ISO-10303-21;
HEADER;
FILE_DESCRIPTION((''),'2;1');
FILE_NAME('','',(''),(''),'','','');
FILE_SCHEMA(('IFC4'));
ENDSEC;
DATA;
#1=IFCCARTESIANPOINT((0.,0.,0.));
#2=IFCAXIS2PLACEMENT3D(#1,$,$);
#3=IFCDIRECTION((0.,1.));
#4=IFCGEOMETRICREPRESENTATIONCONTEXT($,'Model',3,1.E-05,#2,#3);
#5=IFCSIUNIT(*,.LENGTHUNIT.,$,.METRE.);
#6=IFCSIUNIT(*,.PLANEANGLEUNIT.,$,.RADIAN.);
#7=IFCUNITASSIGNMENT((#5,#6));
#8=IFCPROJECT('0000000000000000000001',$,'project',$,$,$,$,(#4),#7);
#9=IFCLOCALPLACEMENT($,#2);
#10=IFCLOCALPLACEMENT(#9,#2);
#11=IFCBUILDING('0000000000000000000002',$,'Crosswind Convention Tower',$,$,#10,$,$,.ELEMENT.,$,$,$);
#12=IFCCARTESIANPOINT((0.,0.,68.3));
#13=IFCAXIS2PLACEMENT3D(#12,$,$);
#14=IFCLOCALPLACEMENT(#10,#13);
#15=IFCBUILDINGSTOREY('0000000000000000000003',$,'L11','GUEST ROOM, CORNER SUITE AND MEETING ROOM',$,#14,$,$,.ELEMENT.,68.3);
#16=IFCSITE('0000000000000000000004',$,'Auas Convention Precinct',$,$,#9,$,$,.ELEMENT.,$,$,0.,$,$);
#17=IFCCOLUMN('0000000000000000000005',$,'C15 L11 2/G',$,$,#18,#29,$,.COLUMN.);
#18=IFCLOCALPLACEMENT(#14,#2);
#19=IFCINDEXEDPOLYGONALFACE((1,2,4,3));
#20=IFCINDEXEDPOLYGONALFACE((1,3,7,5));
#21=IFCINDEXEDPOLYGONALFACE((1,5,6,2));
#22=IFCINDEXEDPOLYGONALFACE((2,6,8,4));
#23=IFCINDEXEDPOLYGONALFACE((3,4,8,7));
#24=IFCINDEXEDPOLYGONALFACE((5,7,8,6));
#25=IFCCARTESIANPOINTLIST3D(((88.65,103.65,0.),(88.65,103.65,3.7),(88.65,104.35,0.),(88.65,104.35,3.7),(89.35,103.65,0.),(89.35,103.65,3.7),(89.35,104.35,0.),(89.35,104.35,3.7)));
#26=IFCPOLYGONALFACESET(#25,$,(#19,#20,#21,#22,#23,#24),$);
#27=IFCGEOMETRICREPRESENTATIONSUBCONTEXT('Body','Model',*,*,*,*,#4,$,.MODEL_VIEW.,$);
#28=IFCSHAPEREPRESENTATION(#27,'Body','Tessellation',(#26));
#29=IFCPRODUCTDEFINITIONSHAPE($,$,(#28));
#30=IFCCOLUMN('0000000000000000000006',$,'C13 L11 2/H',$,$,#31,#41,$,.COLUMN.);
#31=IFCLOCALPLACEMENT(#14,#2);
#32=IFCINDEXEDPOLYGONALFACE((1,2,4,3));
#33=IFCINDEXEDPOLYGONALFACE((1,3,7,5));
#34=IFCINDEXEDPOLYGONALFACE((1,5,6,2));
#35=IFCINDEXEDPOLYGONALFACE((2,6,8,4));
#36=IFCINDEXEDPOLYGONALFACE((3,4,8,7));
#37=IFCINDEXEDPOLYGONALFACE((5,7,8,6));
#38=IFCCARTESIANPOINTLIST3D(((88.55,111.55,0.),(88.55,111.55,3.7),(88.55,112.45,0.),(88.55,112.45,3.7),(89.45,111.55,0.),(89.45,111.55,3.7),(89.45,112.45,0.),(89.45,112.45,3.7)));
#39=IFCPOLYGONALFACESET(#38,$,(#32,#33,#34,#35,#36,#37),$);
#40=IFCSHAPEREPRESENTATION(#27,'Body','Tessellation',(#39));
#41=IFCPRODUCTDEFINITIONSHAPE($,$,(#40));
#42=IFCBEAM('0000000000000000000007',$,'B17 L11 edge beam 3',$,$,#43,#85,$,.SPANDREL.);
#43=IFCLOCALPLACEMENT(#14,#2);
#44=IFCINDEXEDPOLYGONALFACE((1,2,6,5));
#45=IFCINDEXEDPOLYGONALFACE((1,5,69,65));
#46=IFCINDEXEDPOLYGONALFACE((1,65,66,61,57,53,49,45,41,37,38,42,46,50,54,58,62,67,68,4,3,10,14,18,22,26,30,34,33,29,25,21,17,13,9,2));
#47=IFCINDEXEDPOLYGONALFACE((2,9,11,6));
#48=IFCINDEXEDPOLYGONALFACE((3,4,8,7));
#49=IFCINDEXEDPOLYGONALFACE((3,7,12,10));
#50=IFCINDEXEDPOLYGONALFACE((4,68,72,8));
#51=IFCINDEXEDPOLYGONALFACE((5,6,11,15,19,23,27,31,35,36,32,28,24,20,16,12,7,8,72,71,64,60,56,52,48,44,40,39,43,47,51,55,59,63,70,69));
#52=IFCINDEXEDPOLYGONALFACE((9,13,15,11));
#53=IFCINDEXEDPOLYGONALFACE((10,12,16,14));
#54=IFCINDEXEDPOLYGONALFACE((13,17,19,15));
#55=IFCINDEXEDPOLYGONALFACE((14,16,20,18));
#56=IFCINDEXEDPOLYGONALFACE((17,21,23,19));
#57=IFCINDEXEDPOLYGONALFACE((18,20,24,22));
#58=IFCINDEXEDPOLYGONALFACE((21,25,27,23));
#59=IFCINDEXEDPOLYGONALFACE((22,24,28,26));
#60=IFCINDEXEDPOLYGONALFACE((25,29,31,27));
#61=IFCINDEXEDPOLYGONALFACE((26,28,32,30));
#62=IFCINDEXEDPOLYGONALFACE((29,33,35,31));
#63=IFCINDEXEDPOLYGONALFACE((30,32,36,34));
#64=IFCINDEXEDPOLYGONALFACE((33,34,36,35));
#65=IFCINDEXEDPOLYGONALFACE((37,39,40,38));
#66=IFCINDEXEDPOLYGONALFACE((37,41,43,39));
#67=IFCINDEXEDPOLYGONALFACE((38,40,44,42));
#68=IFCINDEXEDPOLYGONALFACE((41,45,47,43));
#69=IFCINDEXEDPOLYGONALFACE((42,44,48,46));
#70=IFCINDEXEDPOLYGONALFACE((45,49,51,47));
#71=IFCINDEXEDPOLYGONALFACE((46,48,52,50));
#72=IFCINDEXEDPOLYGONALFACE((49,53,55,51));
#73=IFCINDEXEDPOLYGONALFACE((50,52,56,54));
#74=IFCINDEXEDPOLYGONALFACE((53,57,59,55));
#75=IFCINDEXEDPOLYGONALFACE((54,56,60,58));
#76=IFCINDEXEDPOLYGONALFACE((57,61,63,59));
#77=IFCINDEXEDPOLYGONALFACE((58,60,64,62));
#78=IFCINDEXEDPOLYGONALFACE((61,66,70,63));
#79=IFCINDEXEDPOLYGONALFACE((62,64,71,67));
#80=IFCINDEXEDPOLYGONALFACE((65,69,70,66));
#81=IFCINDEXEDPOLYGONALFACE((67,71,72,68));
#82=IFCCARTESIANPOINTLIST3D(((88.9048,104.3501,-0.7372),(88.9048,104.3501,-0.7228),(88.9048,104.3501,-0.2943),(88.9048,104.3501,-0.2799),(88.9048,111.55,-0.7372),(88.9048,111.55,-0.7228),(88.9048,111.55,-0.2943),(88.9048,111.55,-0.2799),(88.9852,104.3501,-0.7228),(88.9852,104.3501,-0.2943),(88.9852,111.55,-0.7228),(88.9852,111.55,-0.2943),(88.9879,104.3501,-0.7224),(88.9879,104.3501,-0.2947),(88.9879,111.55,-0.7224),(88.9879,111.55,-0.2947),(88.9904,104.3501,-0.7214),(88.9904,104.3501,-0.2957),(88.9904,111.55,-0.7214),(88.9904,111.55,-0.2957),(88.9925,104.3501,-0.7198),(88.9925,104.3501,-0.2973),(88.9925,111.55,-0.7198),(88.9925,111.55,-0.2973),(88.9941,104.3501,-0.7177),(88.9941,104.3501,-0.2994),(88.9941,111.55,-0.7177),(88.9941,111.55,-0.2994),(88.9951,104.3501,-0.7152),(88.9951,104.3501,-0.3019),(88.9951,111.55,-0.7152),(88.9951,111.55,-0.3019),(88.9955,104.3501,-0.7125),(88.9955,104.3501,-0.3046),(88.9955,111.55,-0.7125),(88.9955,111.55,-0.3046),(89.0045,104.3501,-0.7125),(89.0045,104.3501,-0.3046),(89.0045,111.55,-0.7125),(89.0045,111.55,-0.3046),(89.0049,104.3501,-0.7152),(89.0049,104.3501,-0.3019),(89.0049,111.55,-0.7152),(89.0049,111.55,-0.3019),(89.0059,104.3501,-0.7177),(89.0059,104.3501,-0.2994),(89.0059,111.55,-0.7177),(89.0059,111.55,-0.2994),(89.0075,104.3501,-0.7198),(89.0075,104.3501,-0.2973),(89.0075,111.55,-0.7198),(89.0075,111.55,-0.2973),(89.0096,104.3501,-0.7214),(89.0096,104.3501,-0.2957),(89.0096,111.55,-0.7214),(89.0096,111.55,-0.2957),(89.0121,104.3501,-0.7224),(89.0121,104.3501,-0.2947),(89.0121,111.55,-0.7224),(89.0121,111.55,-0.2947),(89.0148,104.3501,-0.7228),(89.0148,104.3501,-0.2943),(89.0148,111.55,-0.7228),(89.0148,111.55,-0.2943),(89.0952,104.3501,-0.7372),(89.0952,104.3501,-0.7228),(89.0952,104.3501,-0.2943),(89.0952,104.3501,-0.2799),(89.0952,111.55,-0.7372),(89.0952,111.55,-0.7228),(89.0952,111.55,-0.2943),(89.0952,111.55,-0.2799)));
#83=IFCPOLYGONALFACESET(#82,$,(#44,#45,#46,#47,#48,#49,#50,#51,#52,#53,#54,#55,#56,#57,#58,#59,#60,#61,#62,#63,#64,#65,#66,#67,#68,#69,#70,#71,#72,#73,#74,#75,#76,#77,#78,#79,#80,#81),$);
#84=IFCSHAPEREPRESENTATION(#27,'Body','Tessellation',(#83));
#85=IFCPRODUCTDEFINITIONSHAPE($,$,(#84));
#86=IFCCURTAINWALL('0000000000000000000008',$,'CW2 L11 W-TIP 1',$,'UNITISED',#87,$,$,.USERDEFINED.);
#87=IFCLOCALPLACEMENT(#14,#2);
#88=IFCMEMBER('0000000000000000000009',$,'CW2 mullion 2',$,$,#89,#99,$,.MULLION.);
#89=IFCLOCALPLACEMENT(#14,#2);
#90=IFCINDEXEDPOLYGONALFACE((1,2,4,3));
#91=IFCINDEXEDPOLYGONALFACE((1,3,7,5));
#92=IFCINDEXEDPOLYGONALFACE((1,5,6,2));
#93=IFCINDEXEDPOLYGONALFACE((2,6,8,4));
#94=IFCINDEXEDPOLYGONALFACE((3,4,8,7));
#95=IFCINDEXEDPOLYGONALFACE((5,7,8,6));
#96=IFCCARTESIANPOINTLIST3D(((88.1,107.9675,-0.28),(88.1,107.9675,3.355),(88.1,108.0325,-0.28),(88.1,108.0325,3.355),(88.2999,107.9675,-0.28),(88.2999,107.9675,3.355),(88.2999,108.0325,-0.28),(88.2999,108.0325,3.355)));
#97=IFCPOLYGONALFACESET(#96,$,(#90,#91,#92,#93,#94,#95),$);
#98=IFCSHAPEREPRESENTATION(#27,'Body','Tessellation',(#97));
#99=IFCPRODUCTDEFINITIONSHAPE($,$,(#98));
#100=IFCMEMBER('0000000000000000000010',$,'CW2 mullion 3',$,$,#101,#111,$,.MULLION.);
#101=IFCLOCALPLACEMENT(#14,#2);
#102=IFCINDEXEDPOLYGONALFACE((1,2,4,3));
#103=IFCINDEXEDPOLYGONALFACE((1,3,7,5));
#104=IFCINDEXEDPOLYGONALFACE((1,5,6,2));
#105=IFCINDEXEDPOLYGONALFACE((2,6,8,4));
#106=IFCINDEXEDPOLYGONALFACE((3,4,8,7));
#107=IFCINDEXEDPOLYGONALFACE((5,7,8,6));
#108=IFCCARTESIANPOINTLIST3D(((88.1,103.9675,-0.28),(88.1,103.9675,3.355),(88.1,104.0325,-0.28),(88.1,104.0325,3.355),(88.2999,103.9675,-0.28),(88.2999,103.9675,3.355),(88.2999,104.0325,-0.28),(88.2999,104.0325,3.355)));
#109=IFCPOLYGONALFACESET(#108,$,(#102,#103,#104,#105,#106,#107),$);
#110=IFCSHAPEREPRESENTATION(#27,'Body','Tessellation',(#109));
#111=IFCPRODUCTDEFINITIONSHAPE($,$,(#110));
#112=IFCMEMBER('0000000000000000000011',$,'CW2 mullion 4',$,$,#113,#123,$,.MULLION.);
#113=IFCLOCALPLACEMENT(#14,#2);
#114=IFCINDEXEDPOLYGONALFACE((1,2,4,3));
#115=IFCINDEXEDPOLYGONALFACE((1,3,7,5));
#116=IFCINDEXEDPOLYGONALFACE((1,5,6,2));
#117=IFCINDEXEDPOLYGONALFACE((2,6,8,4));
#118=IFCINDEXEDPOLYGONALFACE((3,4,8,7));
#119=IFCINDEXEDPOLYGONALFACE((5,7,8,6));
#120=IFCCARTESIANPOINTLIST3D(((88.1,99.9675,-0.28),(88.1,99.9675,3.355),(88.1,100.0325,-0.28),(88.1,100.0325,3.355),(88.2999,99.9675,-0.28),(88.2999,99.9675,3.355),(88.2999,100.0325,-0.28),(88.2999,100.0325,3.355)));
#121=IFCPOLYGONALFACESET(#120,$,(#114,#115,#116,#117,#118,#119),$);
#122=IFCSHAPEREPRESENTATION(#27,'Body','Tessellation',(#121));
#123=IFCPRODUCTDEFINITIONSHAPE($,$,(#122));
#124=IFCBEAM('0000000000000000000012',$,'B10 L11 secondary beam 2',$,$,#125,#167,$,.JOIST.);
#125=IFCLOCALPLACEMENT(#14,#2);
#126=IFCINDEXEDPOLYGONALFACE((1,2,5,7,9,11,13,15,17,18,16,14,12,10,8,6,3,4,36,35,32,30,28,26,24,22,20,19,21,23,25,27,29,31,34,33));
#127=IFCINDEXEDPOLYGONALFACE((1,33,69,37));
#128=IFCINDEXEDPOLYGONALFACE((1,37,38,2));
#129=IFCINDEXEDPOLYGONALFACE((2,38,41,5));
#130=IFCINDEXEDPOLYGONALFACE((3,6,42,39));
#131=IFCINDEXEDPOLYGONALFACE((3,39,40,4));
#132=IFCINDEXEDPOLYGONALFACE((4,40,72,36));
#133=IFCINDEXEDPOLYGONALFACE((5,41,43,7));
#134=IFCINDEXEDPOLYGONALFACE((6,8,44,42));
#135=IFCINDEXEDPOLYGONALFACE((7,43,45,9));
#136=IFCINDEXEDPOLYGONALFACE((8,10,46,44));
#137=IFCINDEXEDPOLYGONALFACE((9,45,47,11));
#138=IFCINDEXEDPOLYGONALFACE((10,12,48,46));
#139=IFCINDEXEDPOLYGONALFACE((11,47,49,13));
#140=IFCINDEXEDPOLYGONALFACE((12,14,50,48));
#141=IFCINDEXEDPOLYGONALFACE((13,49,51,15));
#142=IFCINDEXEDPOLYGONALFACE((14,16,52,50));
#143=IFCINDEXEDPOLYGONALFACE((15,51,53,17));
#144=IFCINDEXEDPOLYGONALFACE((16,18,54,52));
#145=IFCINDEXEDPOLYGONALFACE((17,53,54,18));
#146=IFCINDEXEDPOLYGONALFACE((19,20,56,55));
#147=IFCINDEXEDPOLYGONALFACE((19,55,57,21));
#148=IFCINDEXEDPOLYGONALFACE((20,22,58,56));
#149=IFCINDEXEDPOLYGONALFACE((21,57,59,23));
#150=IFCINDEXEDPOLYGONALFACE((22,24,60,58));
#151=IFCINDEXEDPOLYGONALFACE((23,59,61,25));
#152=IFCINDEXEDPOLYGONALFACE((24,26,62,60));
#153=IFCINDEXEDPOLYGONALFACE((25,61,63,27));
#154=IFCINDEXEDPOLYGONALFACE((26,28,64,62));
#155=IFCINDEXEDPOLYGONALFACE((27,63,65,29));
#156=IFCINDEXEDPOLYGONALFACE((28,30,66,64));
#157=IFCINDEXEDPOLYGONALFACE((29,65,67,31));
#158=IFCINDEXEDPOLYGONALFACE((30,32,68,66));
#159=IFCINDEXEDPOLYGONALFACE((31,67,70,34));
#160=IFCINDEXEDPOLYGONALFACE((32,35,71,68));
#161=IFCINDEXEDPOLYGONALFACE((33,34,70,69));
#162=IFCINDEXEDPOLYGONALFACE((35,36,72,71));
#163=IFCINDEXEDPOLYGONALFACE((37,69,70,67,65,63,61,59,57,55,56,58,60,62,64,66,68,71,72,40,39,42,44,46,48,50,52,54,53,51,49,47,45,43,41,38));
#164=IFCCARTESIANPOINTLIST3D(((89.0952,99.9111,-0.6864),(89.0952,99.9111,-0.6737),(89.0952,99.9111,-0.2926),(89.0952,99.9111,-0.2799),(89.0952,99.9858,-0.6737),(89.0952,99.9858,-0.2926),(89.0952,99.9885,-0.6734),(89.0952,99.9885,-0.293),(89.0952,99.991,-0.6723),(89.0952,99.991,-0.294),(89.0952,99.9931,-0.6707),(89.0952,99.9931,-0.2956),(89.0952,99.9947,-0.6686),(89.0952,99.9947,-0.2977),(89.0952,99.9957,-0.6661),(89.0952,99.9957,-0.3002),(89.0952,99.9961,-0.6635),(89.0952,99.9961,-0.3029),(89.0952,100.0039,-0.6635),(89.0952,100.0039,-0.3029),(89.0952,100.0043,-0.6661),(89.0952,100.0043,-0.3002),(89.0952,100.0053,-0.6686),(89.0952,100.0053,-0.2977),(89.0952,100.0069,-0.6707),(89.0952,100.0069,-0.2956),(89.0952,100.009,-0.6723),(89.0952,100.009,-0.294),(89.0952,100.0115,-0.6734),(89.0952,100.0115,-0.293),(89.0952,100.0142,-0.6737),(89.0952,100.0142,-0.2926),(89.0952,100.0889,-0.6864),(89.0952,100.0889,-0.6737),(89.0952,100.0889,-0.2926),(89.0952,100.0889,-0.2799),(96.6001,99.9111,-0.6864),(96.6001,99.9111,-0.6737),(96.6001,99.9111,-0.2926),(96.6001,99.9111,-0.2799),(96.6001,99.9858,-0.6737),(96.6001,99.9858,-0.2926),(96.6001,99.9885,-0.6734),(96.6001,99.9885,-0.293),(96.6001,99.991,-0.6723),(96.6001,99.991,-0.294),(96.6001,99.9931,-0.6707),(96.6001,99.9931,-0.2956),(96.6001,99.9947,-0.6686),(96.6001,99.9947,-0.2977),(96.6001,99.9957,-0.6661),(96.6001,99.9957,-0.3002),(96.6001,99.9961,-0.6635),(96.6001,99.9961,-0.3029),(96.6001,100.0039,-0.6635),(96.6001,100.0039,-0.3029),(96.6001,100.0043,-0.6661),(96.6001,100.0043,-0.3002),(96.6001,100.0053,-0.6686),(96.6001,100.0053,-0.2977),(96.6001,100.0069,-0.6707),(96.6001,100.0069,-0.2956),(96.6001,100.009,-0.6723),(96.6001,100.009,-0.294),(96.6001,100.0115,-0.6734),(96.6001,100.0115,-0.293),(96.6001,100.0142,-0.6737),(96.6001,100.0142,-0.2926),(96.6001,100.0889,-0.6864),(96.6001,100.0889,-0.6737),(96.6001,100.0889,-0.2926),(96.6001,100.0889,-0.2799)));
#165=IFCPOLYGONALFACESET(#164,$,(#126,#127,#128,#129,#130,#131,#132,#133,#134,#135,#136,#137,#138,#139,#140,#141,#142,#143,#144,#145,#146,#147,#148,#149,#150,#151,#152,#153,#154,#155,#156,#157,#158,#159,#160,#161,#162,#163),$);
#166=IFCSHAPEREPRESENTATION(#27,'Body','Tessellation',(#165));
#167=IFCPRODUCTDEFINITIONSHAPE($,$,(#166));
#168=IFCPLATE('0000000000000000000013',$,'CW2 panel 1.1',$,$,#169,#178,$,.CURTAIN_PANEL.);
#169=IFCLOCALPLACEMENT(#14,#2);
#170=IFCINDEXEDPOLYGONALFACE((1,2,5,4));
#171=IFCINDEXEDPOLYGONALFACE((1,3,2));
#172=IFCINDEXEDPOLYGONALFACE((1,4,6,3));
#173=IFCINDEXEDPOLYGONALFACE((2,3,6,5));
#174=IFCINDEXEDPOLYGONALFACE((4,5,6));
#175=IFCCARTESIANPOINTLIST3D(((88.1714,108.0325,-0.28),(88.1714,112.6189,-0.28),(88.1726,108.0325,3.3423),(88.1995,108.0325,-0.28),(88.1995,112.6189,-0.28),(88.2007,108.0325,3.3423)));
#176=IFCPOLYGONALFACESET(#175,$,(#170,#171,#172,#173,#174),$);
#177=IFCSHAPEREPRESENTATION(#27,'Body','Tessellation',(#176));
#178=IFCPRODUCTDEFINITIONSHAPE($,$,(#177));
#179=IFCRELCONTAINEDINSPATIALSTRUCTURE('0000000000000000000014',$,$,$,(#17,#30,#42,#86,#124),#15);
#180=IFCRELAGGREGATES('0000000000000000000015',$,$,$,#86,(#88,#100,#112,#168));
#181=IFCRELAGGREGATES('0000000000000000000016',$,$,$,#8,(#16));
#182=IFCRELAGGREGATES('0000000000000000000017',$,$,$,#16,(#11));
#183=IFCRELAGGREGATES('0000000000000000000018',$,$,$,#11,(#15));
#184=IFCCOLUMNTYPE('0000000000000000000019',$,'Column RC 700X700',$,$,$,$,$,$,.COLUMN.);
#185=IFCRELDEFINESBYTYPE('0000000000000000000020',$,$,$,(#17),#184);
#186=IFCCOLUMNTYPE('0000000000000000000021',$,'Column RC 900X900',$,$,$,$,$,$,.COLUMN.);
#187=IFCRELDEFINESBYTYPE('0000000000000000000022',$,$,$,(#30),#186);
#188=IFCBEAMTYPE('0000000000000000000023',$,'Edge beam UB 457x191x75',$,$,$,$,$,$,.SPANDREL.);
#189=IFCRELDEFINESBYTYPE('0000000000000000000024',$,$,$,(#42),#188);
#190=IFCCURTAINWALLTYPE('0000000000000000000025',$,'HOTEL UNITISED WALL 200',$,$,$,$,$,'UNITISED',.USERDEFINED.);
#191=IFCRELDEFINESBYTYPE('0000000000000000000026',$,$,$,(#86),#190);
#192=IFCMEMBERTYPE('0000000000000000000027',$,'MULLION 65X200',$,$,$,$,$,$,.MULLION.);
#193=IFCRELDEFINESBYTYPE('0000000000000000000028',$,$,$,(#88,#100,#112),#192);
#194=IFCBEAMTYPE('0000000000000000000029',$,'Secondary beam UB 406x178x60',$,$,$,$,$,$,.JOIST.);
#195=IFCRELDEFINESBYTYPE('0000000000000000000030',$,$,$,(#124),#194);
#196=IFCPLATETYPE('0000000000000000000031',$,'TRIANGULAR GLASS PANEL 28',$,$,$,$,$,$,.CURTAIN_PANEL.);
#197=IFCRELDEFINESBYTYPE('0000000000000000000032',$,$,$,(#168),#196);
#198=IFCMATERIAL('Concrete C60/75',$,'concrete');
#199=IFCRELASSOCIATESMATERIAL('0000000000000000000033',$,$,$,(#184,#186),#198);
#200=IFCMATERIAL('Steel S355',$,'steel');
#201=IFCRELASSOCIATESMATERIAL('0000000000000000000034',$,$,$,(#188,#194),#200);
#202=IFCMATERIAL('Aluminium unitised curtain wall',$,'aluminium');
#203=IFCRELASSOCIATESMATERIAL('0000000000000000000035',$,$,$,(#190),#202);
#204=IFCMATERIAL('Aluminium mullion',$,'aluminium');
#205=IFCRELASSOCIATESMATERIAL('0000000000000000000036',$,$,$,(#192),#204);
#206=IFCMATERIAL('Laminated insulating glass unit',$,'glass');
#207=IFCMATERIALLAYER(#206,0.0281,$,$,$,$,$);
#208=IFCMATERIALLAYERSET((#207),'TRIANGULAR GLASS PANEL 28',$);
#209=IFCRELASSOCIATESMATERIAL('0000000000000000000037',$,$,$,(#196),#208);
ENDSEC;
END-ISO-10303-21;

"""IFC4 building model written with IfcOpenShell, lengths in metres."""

from ifc_helpers import new_model, si_unit, direction, frame, origin, origin_2d, place, context, subcontext, project, spatial, polyline, rectangle, i_section, outline, extrude, material, layer, layer_set, material_profile, profile_set, type_object, element, aggregate, save


model = new_model("IFC4")

# Units and contexts
model_context = context("Model", 3, precision=1e-05, world=origin(), true_north=direction((0.0, 1.0)))
body_context = subcontext(model_context, "Body", "Model", "MODEL_VIEW")
ifc_project = project(units=[si_unit("LENGTHUNIT", "METRE"), si_unit("PLANEANGLEUNIT", "RADIAN")], contexts=[model_context])

# Site, building, storey
site_placement = place(None, origin())
site = spatial("IfcSite", under=ifc_project, at=site_placement, Name="Auas Convention Precinct", CompositionType="ELEMENT", RefElevation=0.0)
building_placement = place(site_placement, origin())
building = spatial("IfcBuilding", under=site, at=building_placement, Name="Crosswind Convention Tower", CompositionType="ELEMENT")
storey_placement = place(building_placement, frame((0.0, 0.0, 68.3)))
storey = spatial("IfcBuildingStorey", under=building, at=storey_placement, Name="L11", Description="GUEST ROOM, CORNER SUITE AND MEETING ROOM", CompositionType="ELEMENT", Elevation=68.3)

# Columns
ifc_material_1 = material(Name="Concrete C60/75", Category="concrete")
ifc_material_profile_1 = material_profile(ifc_material_1, rectangle(XDim=0.7, YDim=0.7, at=origin_2d()), Name="RC 700X700")
ifc_profile_set_1 = profile_set([ifc_material_profile_1], Name="Concrete C60/75")
column_type_1 = type_object("IfcColumnType", Name="Column RC 700X700", PredefinedType="COLUMN", material=ifc_profile_set_1)
column_1_placement = place(storey_placement, frame((89.0, 104.0, 0.0), z_axis=(0.0, 0.0, 1.0), x_axis=(1.0, 0.0, 0.0)))
element("IfcColumn", 1, at=column_1_placement, inside=storey, type_object=column_type_1, Name="C15 L11 2/G", PredefinedType="COLUMN", context=body_context, shape_type="SweptSolid", body=[
    extrude(rectangle(XDim=0.7, YDim=0.7, at=origin_2d()), origin(), (0.0, 0.0, 1.0), 3.7),
])
ifc_material_profile_2 = material_profile(ifc_material_1, rectangle(XDim=0.8999, YDim=0.8999, at=origin_2d()), Name="RC 900X900")
ifc_profile_set_2 = profile_set([ifc_material_profile_2], Name="Concrete C60/75")
column_type_2 = type_object("IfcColumnType", Name="Column RC 900X900", PredefinedType="COLUMN", material=ifc_profile_set_2)
column_2_placement = place(storey_placement, frame((89.0, 112.0, 0.0), z_axis=(0.0, 0.0, 1.0), x_axis=(1.0, 0.0, 0.0)))
element("IfcColumn", 2, at=column_2_placement, inside=storey, type_object=column_type_2, Name="C13 L11 2/H", PredefinedType="COLUMN", context=body_context, shape_type="SweptSolid", body=[
    extrude(rectangle(XDim=0.8999, YDim=0.8999, at=origin_2d()), origin(), (0.0, 0.0, 1.0), 3.7),
])

# Beam
ifc_material_2 = material(Name="Steel S355", Category="steel")
ifc_material_profile_3 = material_profile(ifc_material_2, i_section(OverallWidth=0.1904, OverallDepth=0.4573, WebThickness=0.009, FlangeThickness=0.0144, FilletRadius=0.0103, at=origin_2d()), Name="UB 457x191x75")
ifc_profile_set_3 = profile_set([ifc_material_profile_3], Name="Steel S355")
beam_type_1 = type_object("IfcBeamType", Name="Edge beam UB 457x191x75", PredefinedType="SPANDREL", material=ifc_profile_set_3)
beam_1_placement = place(storey_placement, frame((89.0, 104.3501, -0.5085), z_axis=(0.0, 1.0, 0.0), x_axis=(-1.0, 0.0, 0.0)))
element("IfcBeam", 3, at=beam_1_placement, inside=storey, type_object=beam_type_1, Name="B17 L11 edge beam 3", PredefinedType="SPANDREL", context=body_context, shape_type="SweptSolid", body=[
    extrude(i_section(OverallWidth=0.1904, OverallDepth=0.4573, WebThickness=0.009, FlangeThickness=0.0144, FilletRadius=0.0103, at=origin_2d()), origin(), (0.0, 0.0, 1.0), 7.2),
])

# Curtain wall, members
ifc_material_3 = material(Name="Aluminium unitised curtain wall", Category="aluminium")
curtain_wall_type = type_object("IfcCurtainWallType", Name="HOTEL UNITISED WALL 200", ElementType="UNITISED", PredefinedType="USERDEFINED", material=ifc_material_3)
curtain_wall_placement = place(storey_placement, origin())
curtain_wall = element("IfcCurtainWall", 4, at=curtain_wall_placement, inside=storey, type_object=curtain_wall_type, Name="CW2 L11 W-TIP 1", ObjectType="UNITISED", PredefinedType="USERDEFINED")
ifc_material_4 = material(Name="Aluminium mullion", Category="aluminium")
ifc_material_profile_4 = material_profile(ifc_material_4, rectangle(XDim=0.2, YDim=0.0649, at=origin_2d()), Name="AL 200X65")
ifc_profile_set_4 = profile_set([ifc_material_profile_4], Name="Aluminium mullion")
member_type = type_object("IfcMemberType", Name="MULLION 65X200", PredefinedType="MULLION", material=ifc_profile_set_4)
member_1_placement = place(storey_placement, frame((88.2, 108.0, -0.28), z_axis=(0.0, 0.0, 1.0), x_axis=(-1.0, 0.0, 0.0)))
member_1 = element("IfcMember", 5, at=member_1_placement, type_object=member_type, Name="CW2 mullion 2", PredefinedType="MULLION", context=body_context, shape_type="SweptSolid", body=[
    extrude(rectangle(XDim=0.2, YDim=0.0649, at=origin_2d()), origin(), (0.0, 0.0, 1.0), 3.635),
])
member_2_placement = place(storey_placement, frame((88.2, 104.0, -0.28), z_axis=(0.0, 0.0, 1.0), x_axis=(-1.0, 0.0, 0.0)))
member_2 = element("IfcMember", 6, at=member_2_placement, type_object=member_type, Name="CW2 mullion 3", PredefinedType="MULLION", context=body_context, shape_type="SweptSolid", body=[
    extrude(rectangle(XDim=0.2, YDim=0.0649, at=origin_2d()), origin(), (0.0, 0.0, 1.0), 3.635),
])
member_3_placement = place(storey_placement, frame((88.2, 100.0, -0.28), z_axis=(0.0, 0.0, 1.0), x_axis=(-1.0, 0.0, 0.0)))
member_3 = element("IfcMember", 7, at=member_3_placement, type_object=member_type, Name="CW2 mullion 4", PredefinedType="MULLION", context=body_context, shape_type="SweptSolid", body=[
    extrude(rectangle(XDim=0.2, YDim=0.0649, at=origin_2d()), origin(), (0.0, 0.0, 1.0), 3.635),
])

# Beam
ifc_material_profile_5 = material_profile(ifc_material_2, i_section(OverallWidth=0.1777, OverallDepth=0.4065, WebThickness=0.0078, FlangeThickness=0.0127, FilletRadius=0.0103, at=origin_2d()), Name="UB 406x178x60")
ifc_profile_set_5 = profile_set([ifc_material_profile_5], Name="Steel S355")
beam_type_2 = type_object("IfcBeamType", Name="Secondary beam UB 406x178x60", PredefinedType="JOIST", material=ifc_profile_set_5)
beam_2_placement = place(storey_placement, frame((89.0952, 100.0, -0.4832), z_axis=(1.0, 0.0, 0.0), x_axis=(0.0, 1.0, 0.0)))
element("IfcBeam", 8, at=beam_2_placement, inside=storey, type_object=beam_type_2, Name="B10 L11 secondary beam 2", PredefinedType="JOIST", context=body_context, shape_type="SweptSolid", body=[
    extrude(i_section(OverallWidth=0.1777, OverallDepth=0.4065, WebThickness=0.0078, FlangeThickness=0.0127, FilletRadius=0.0103, at=origin_2d()), origin(), (0.0, 0.0, 1.0), 7.5049),
])

# Plate
ifc_material_5 = material(Name="Laminated insulating glass unit", Category="glass")
ifc_layer_1 = layer(ifc_material_5, 0.0281)
ifc_layer_set_1 = layer_set([ifc_layer_1], Name="TRIANGULAR GLASS PANEL 28")
plate_type = type_object("IfcPlateType", Name="TRIANGULAR GLASS PANEL 28", PredefinedType="CURTAIN_PANEL", material=ifc_layer_set_1)
plate_1_placement = place(storey_placement, frame((88.1714, 108.0325, -0.28), z_axis=(-1.0, 0.0, 0.000337), x_axis=(0.000337, 0.0, 1.0)))
plate_1 = element("IfcPlate", 9, at=plate_1_placement, type_object=plate_type, Name="CW2 panel 1.1", PredefinedType="CURTAIN_PANEL", context=body_context, shape_type="SweptSolid", body=[
    extrude(outline(polyline([(0.0, 0.0), (3.6223, 0.0), (0.0, 4.5864), (0.0, 0.0)])), origin(), (0.0, 0.0, -1.0), 0.0281),
])
aggregate(curtain_wall, [member_1, member_2, member_3, plate_1])

save(model, "model.ifc")
